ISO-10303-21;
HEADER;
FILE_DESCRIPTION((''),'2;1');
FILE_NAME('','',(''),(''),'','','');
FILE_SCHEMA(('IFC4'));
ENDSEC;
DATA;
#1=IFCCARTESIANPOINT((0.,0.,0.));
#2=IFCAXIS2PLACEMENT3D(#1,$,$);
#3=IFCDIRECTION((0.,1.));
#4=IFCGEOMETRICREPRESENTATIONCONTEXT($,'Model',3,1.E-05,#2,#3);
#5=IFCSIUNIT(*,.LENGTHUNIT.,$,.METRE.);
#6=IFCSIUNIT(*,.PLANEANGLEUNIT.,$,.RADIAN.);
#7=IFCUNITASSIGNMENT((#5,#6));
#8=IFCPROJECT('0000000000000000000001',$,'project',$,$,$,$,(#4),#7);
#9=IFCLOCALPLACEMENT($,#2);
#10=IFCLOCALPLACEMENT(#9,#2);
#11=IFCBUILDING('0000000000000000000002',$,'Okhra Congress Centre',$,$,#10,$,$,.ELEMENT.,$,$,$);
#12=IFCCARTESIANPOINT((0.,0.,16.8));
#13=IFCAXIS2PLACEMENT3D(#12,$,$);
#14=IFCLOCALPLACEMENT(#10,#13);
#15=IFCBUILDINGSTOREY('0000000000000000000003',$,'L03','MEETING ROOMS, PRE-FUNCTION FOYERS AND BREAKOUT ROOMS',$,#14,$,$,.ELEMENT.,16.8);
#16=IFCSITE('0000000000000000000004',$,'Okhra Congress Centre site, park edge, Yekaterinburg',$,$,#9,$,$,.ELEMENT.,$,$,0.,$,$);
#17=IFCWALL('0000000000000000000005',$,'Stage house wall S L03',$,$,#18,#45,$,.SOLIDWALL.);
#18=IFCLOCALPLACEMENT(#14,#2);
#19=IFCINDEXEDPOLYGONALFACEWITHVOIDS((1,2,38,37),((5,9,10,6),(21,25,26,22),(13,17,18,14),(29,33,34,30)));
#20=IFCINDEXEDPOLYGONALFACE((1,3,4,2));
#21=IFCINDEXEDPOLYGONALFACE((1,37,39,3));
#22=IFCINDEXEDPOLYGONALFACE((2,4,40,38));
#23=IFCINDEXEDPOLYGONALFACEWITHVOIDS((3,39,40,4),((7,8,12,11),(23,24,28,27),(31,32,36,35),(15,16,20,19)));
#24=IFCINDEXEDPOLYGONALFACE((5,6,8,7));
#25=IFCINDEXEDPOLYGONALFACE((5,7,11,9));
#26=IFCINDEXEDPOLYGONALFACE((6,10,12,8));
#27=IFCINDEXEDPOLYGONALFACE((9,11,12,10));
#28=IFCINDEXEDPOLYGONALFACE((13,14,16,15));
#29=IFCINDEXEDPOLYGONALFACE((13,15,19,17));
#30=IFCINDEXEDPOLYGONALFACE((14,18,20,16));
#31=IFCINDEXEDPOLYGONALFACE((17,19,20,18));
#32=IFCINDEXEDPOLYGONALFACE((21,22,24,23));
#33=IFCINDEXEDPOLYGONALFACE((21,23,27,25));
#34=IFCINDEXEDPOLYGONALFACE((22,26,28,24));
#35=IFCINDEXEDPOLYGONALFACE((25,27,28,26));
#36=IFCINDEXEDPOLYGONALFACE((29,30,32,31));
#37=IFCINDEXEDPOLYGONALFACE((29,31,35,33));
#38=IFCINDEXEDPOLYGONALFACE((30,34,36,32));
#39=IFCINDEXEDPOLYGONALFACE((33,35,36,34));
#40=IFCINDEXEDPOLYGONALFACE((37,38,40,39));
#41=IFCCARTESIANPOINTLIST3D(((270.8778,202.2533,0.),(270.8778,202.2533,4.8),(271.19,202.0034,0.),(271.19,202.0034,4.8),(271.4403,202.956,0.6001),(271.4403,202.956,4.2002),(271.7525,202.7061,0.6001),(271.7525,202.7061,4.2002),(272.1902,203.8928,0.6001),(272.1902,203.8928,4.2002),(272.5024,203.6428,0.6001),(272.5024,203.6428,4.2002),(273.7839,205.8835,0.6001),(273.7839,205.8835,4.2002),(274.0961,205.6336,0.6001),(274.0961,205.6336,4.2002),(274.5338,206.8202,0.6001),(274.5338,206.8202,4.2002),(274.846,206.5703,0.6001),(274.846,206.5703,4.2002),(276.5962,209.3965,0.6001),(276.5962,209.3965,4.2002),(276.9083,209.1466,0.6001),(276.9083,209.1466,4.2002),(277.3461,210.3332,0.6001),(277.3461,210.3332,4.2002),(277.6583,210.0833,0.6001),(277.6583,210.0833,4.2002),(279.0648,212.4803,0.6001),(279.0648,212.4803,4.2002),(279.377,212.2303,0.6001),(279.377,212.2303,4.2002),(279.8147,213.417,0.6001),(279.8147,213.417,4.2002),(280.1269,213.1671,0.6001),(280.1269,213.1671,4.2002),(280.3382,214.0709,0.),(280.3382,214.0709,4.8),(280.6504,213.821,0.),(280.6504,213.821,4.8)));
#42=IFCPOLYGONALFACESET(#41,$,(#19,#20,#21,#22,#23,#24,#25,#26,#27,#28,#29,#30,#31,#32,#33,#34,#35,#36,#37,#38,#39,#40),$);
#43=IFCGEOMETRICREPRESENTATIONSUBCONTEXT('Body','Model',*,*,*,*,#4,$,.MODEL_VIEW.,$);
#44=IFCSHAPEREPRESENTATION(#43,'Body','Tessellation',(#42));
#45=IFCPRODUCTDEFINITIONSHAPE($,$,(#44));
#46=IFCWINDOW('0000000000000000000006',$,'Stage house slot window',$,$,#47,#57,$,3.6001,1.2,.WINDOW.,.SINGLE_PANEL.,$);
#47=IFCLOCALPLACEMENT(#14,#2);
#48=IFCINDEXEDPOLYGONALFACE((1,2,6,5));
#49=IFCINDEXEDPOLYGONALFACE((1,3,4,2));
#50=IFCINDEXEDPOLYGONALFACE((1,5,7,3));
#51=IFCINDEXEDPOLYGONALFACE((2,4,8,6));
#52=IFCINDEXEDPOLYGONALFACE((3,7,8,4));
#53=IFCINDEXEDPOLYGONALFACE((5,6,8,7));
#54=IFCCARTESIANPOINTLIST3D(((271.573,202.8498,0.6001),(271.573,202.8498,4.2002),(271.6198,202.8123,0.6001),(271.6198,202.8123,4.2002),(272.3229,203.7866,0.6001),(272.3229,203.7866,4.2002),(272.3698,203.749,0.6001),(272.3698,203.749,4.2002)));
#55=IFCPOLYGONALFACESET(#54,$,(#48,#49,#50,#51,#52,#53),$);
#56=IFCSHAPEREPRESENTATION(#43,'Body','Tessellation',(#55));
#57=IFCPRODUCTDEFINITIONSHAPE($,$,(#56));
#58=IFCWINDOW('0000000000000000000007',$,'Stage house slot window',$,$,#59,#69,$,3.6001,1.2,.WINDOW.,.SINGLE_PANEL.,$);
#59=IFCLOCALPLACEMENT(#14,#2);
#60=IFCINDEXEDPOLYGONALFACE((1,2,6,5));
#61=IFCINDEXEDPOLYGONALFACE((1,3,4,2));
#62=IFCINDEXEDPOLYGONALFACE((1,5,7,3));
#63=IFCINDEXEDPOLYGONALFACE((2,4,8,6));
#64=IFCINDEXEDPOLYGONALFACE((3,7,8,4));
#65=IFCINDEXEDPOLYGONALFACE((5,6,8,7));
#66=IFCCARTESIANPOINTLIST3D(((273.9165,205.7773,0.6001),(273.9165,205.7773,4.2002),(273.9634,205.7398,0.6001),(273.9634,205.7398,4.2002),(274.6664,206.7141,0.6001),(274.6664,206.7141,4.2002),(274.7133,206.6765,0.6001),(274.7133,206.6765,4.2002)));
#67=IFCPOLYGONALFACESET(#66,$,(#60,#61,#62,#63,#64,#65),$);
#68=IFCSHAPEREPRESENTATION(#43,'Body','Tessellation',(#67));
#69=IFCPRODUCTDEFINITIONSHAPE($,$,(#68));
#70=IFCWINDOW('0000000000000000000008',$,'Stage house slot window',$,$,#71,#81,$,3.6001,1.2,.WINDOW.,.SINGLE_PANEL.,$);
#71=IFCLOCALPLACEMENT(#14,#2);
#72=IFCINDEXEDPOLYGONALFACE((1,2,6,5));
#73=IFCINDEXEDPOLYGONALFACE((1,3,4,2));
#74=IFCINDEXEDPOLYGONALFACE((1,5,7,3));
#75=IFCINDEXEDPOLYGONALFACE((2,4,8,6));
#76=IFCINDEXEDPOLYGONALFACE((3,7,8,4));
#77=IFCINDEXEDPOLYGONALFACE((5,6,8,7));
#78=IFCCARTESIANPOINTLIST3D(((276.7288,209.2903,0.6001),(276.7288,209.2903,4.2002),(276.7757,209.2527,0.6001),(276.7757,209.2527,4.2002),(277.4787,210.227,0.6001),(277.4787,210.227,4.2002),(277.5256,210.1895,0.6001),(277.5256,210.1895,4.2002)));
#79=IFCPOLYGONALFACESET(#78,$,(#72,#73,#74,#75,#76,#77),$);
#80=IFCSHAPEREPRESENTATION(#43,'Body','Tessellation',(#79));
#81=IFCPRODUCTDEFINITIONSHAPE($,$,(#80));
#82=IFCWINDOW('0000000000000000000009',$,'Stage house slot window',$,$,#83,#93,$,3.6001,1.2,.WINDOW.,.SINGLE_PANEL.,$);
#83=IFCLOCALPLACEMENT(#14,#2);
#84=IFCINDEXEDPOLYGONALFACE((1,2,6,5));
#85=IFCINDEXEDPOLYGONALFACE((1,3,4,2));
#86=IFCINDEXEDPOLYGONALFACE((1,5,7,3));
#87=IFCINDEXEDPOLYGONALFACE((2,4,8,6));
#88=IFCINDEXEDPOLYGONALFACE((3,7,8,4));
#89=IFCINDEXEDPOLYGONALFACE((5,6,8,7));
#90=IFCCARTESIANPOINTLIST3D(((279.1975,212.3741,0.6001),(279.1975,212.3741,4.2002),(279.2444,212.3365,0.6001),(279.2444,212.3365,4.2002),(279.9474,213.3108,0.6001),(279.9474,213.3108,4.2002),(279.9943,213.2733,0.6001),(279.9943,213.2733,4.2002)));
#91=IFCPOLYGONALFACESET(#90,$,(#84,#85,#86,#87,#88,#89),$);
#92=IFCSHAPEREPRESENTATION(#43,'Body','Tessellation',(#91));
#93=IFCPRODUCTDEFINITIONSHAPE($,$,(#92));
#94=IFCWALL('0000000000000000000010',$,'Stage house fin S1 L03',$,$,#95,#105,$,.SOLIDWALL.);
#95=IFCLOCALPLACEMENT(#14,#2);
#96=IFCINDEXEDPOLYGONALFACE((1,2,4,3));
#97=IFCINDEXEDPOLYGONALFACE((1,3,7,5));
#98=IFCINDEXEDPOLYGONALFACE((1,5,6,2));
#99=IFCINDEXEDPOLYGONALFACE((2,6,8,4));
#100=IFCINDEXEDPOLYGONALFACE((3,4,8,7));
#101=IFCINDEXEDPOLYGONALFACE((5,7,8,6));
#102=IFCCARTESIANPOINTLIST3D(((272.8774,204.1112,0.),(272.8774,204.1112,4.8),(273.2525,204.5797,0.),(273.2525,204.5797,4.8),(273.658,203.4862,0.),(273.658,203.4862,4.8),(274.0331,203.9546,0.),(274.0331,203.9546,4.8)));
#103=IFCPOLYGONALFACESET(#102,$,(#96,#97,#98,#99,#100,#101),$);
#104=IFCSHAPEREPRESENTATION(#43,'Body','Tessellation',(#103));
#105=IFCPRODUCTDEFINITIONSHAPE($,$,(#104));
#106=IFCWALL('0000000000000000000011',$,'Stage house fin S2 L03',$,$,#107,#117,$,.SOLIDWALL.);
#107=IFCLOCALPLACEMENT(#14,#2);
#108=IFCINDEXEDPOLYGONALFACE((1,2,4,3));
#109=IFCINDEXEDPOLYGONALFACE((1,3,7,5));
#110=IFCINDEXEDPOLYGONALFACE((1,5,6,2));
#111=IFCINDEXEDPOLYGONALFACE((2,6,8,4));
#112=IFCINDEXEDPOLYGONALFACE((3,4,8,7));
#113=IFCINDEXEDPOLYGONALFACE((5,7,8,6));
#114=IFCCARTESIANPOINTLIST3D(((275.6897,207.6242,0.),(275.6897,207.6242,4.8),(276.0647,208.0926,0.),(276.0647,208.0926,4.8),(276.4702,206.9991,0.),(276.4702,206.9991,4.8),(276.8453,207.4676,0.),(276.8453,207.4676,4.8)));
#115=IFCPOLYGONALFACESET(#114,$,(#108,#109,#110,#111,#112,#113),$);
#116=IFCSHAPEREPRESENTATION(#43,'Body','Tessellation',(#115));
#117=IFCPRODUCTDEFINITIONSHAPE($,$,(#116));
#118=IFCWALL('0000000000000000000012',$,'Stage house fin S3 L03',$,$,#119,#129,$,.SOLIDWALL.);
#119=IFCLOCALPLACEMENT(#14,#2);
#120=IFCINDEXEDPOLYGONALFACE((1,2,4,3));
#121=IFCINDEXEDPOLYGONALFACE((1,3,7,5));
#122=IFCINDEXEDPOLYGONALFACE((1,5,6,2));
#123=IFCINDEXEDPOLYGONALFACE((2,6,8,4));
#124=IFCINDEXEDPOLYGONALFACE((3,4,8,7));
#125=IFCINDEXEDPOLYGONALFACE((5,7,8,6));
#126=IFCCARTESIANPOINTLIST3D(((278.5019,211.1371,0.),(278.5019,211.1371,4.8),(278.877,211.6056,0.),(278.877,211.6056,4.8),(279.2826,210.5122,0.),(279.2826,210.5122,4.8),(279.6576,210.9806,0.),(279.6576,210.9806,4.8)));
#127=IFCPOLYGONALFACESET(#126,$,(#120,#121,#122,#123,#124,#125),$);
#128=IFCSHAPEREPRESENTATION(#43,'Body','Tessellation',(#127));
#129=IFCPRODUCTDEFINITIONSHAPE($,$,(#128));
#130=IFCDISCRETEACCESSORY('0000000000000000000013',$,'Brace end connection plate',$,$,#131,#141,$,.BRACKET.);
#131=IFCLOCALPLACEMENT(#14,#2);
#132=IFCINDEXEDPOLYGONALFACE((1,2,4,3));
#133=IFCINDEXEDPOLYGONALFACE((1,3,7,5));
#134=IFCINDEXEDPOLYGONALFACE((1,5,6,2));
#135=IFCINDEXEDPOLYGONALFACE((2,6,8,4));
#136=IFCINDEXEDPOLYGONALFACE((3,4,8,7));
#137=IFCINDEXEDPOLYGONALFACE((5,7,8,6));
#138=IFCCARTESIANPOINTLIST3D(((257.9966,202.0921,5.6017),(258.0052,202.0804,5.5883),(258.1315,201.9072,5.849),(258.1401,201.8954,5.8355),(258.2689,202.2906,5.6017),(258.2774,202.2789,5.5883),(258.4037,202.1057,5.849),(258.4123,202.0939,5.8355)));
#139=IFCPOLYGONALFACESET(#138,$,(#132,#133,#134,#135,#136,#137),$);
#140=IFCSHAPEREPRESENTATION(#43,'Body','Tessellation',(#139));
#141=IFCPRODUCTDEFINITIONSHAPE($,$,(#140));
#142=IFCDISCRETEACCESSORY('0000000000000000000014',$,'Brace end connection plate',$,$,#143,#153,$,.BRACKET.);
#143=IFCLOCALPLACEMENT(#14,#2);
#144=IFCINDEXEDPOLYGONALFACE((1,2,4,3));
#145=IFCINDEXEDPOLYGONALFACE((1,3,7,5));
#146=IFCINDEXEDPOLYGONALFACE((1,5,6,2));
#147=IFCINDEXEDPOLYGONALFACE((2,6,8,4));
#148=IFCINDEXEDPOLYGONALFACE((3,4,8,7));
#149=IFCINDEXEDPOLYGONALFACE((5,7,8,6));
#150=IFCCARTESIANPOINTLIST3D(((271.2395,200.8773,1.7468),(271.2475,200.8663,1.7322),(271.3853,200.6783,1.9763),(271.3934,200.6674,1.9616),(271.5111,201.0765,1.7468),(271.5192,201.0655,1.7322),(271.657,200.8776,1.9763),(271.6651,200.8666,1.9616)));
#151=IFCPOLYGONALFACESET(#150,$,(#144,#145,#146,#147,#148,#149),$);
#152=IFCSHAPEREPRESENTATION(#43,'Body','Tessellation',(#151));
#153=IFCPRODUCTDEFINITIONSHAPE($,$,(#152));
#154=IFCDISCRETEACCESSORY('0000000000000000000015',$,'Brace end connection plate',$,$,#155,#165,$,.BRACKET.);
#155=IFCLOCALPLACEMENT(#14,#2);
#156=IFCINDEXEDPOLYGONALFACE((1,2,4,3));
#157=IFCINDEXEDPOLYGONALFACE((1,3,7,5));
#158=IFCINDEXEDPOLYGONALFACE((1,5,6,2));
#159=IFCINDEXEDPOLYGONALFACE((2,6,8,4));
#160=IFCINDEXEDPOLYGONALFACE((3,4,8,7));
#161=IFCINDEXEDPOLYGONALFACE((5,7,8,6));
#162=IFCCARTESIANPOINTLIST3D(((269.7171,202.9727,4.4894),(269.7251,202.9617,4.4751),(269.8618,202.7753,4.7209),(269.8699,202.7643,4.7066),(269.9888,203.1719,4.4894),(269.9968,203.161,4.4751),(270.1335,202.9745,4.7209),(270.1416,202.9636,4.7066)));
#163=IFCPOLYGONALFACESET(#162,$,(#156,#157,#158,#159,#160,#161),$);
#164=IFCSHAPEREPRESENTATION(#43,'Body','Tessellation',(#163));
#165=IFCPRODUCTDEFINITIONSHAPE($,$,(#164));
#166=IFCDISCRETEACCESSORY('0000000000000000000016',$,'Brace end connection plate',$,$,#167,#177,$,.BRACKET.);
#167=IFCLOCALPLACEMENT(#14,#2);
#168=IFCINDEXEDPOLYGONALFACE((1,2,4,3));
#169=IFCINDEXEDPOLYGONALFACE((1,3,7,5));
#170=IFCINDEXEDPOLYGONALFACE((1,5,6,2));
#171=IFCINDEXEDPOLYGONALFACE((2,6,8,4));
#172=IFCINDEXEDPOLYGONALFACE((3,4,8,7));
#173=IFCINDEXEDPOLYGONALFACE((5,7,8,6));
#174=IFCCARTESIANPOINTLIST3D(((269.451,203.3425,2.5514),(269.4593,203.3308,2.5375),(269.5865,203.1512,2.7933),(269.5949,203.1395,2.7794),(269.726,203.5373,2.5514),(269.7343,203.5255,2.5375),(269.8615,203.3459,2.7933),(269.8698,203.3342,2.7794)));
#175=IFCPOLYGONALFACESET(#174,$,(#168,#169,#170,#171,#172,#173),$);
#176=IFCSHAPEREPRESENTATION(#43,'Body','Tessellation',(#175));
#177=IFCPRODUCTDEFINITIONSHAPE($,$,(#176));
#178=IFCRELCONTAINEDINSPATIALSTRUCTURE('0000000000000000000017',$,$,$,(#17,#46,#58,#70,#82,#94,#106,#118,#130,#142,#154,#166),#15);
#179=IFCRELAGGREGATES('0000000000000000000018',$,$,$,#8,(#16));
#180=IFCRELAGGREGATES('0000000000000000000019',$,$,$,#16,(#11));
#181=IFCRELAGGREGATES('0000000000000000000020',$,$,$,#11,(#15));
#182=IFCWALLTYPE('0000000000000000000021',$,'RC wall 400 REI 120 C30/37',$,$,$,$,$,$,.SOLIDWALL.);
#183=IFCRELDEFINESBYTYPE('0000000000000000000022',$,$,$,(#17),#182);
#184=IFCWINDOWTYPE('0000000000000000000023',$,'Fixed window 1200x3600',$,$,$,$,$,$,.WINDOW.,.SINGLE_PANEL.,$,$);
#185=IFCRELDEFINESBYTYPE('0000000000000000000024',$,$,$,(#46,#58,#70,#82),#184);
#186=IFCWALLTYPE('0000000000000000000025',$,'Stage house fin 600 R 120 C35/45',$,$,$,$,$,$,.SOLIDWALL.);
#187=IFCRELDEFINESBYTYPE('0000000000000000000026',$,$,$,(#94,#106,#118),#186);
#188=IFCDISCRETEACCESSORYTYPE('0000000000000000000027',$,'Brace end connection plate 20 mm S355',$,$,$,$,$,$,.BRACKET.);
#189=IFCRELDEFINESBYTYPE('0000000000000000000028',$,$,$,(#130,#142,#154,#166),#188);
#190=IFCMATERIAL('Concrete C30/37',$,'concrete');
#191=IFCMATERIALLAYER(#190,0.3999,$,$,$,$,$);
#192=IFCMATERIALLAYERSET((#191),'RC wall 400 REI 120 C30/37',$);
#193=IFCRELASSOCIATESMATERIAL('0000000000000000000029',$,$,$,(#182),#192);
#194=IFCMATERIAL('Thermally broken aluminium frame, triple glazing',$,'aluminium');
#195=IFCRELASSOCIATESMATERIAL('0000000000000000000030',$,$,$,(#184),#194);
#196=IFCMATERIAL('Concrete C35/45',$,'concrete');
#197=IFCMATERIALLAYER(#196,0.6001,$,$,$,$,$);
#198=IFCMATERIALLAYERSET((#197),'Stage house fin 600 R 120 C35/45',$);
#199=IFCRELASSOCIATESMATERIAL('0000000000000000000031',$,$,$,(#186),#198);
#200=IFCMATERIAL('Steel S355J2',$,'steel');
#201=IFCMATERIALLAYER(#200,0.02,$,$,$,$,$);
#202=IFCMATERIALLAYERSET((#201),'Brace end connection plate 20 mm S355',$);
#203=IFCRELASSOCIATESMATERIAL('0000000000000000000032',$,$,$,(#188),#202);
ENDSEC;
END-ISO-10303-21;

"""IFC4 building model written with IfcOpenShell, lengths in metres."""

from ifc_helpers import new_model, si_unit, direction, frame, frame_2d, origin, origin_2d, place, context, subcontext, project, spatial, rectangle, extrude, material, layer, layer_set, type_object, element, fill, save


model = new_model("IFC4")

# Units and contexts
model_context = context("Model", 3, precision=1e-05, world=origin(), true_north=direction((0.0, 1.0)))
body_context = subcontext(model_context, "Body", "Model", "MODEL_VIEW")
ifc_project = project(units=[si_unit("LENGTHUNIT", "METRE"), si_unit("PLANEANGLEUNIT", "RADIAN")], contexts=[model_context])

# Site, building, storey
site_placement = place(None, origin())
site = spatial("IfcSite", under=ifc_project, at=site_placement, Name="Okhra Congress Centre site, park edge, Yekaterinburg", CompositionType="ELEMENT", RefElevation=0.0)
building_placement = place(site_placement, origin())
building = spatial("IfcBuilding", under=site, at=building_placement, Name="Okhra Congress Centre", CompositionType="ELEMENT")
storey_placement = place(building_placement, frame((0.0, 0.0, 16.8)))
storey = spatial("IfcBuildingStorey", under=building, at=storey_placement, Name="L03", Description="MEETING ROOMS, PRE-FUNCTION FOYERS AND BREAKOUT ROOMS", CompositionType="ELEMENT", Elevation=16.8)

# Shared definitions
ifc_material_1 = material(Name="Steel S355J2", Category="steel")

# Shared definitions
ifc_material_2 = material(Name="Concrete C30/37", Category="concrete")
ifc_layer_1 = layer(ifc_material_2, 0.3999)
ifc_layer_set_1 = layer_set([ifc_layer_1], Name="RC wall 400 REI 120 C30/37")
wall_type_1 = type_object("IfcWallType", Name="RC wall 400 REI 120 C30/37", PredefinedType="SOLIDWALL", material=ifc_layer_set_1)

# Wall, openings, windows
wall_1_placement = place(storey_placement, frame((271.0339, 202.1284, 0.0), z_axis=(0.0, 0.0, 1.0), x_axis=(0.624951, 0.780664, 0.0)))
wall_1 = element("IfcWall", 1, at=wall_1_placement, inside=storey, type_object=wall_type_1, Name="Stage house wall S L03", PredefinedType="SOLIDWALL", context=body_context, shape_type="SweptSolid", body=[
    extrude(rectangle(XDim=15.1379, YDim=0.3999, at=frame_2d((7.5688, 0.0))), origin(), (0.0, 0.0, 1.0), 4.8),
])
opening_1_placement = place(wall_1_placement, frame((0.8999, 0.0, 0.6001)))
opening_1 = element("IfcOpeningElement", 2, at=opening_1_placement, cuts=wall_1, PredefinedType="OPENING", context=body_context, shape_type="SweptSolid", body=[
    extrude(rectangle(XDim=1.2, YDim=3.6001, at=frame_2d((0.6001, 1.8))), frame((0.0, 0.21, 0.0), z_axis=(0.0, -1.0, 0.0), x_axis=(1.0, 0.0, 0.0)), (0.0, 0.0, 1.0), 0.4199),
])
opening_2_placement = place(wall_1_placement, frame((4.6499, 0.0, 0.6001)))
opening_2 = element("IfcOpeningElement", 3, at=opening_2_placement, cuts=wall_1, PredefinedType="OPENING", context=body_context, shape_type="SweptSolid", body=[
    extrude(rectangle(XDim=1.2, YDim=3.6001, at=frame_2d((0.6001, 1.8))), frame((0.0, 0.21, 0.0), z_axis=(0.0, -1.0, 0.0), x_axis=(1.0, 0.0, 0.0)), (0.0, 0.0, 1.0), 0.4199),
])
opening_3_placement = place(wall_1_placement, frame((9.1499, 0.0, 0.6001)))
opening_3 = element("IfcOpeningElement", 4, at=opening_3_placement, cuts=wall_1, PredefinedType="OPENING", context=body_context, shape_type="SweptSolid", body=[
    extrude(rectangle(XDim=1.2, YDim=3.6001, at=frame_2d((0.6001, 1.8))), frame((0.0, 0.21, 0.0), z_axis=(0.0, -1.0, 0.0), x_axis=(1.0, 0.0, 0.0)), (0.0, 0.0, 1.0), 0.4199),
])
opening_4_placement = place(wall_1_placement, frame((13.1001, 0.0, 0.6001)))
opening_4 = element("IfcOpeningElement", 5, at=opening_4_placement, cuts=wall_1, PredefinedType="OPENING", context=body_context, shape_type="SweptSolid", body=[
    extrude(rectangle(XDim=1.2, YDim=3.6001, at=frame_2d((0.6001, 1.8))), frame((0.0, 0.21, 0.0), z_axis=(0.0, -1.0, 0.0), x_axis=(1.0, 0.0, 0.0)), (0.0, 0.0, 1.0), 0.4199),
])
ifc_material_3 = material(Name="Thermally broken aluminium frame, triple glazing", Category="aluminium")
window_type = type_object("IfcWindowType", Name="Fixed window 1200x3600", PartitioningType="SINGLE_PANEL", PredefinedType="WINDOW", material=ifc_material_3)
window_1_placement = place(opening_1_placement, origin())
window_1 = element("IfcWindow", 6, at=window_1_placement, inside=storey, type_object=window_type, Name="Stage house slot window", OverallHeight=3.6001, OverallWidth=1.2, PartitioningType="SINGLE_PANEL", PredefinedType="WINDOW", context=body_context, shape_type="SweptSolid", body=[
    extrude(rectangle(XDim=1.2, YDim=3.6001, at=frame_2d((0.6001, 1.8))), frame((0.0, 0.03, 0.0), z_axis=(0.0, -1.0, 0.0), x_axis=(1.0, 0.0, 0.0)), (0.0, 0.0, 1.0), 0.0601),
])
fill(opening_1, window_1)
window_2_placement = place(opening_2_placement, origin())
window_2 = element("IfcWindow", 7, at=window_2_placement, inside=storey, type_object=window_type, Name="Stage house slot window", OverallHeight=3.6001, OverallWidth=1.2, PartitioningType="SINGLE_PANEL", PredefinedType="WINDOW", context=body_context, shape_type="SweptSolid", body=[
    extrude(rectangle(XDim=1.2, YDim=3.6001, at=frame_2d((0.6001, 1.8))), frame((0.0, 0.03, 0.0), z_axis=(0.0, -1.0, 0.0), x_axis=(1.0, 0.0, 0.0)), (0.0, 0.0, 1.0), 0.0601),
])
fill(opening_2, window_2)
window_3_placement = place(opening_3_placement, origin())
window_3 = element("IfcWindow", 8, at=window_3_placement, inside=storey, type_object=window_type, Name="Stage house slot window", OverallHeight=3.6001, OverallWidth=1.2, PartitioningType="SINGLE_PANEL", PredefinedType="WINDOW", context=body_context, shape_type="SweptSolid", body=[
    extrude(rectangle(XDim=1.2, YDim=3.6001, at=frame_2d((0.6001, 1.8))), frame((0.0, 0.03, 0.0), z_axis=(0.0, -1.0, 0.0), x_axis=(1.0, 0.0, 0.0)), (0.0, 0.0, 1.0), 0.0601),
])
fill(opening_3, window_3)
window_4_placement = place(opening_4_placement, origin())
window_4 = element("IfcWindow", 9, at=window_4_placement, inside=storey, type_object=window_type, Name="Stage house slot window", OverallHeight=3.6001, OverallWidth=1.2, PartitioningType="SINGLE_PANEL", PredefinedType="WINDOW", context=body_context, shape_type="SweptSolid", body=[
    extrude(rectangle(XDim=1.2, YDim=3.6001, at=frame_2d((0.6001, 1.8))), frame((0.0, 0.03, 0.0), z_axis=(0.0, -1.0, 0.0), x_axis=(1.0, 0.0, 0.0)), (0.0, 0.0, 1.0), 0.0601),
])
fill(opening_4, window_4)

# Walls
ifc_material_4 = material(Name="Concrete C35/45", Category="concrete")
ifc_layer_2 = layer(ifc_material_4, 0.6001)
ifc_layer_set_2 = layer_set([ifc_layer_2], Name="Stage house fin 600 R 120 C35/45")
wall_type_2 = type_object("IfcWallType", Name="Stage house fin 600 R 120 C35/45", PredefinedType="SOLIDWALL", material=ifc_layer_set_2)
for number, where, z_axis, x_axis, name in (
    (10, (273.0649, 204.3455, 0.0), (0.0, 0.0, 1.0), (0.780583, -0.625052, 0.0), "Stage house fin S1 L03"),
    (11, (275.8772, 207.8584, 0.0), (0.0, 0.0, 1.0), (0.780583, -0.625052, 0.0), "Stage house fin S2 L03"),
    (12, (278.6895, 211.3713, 0.0), (0.0, 0.0, 1.0), (0.780678, -0.624933, 0.0), "Stage house fin S3 L03"),
):
    element("IfcWall", number, at=place(storey_placement, frame(where, z_axis=z_axis, x_axis=x_axis)), inside=storey, type_object=wall_type_2, Name=name, PredefinedType="SOLIDWALL", context=body_context, shape_type="SweptSolid", body=[
        extrude(rectangle(XDim=1.0, YDim=0.6001, at=frame_2d((0.5, 0.0))), origin(), (0.0, 0.0, 1.0), 4.8),
    ])

# Discrete accessories
ifc_layer_3 = layer(ifc_material_1, 0.02)
ifc_layer_set_3 = layer_set([ifc_layer_3], Name="Brace end connection plate 20 mm S355")
discrete_accessory_type = type_object("IfcDiscreteAccessoryType", Name="Brace end connection plate 20 mm S355", PredefinedType="BRACKET", material=ifc_layer_set_3)
discrete_accessory_1_placement = place(storey_placement, frame((258.2087, 202.0872, 5.7119), z_axis=(-0.432329, 0.592909, 0.679375), x_axis=(-0.808008, -0.589172, 0.0)))
element("IfcDiscreteAccessory", 13, at=discrete_accessory_1_placement, inside=storey, type_object=discrete_accessory_type, Name="Brace end connection plate", PredefinedType="BRACKET", context=body_context, shape_type="SweptSolid", body=[
    extrude(rectangle(XDim=0.3369, YDim=0.3369, at=origin_2d()), origin(), (0.0, 0.0, 1.0), 0.0198),
])
discrete_accessory_2_placement = place(storey_placement, frame((271.4482, 200.8774, 1.8616), z_axis=(0.402739, -0.549189, -0.732252), x_axis=(0.806405, 0.591364, 0.0)))
element("IfcDiscreteAccessory", 14, at=discrete_accessory_2_placement, inside=storey, type_object=discrete_accessory_type, Name="Brace end connection plate", PredefinedType="BRACKET", context=body_context, shape_type="SweptSolid", body=[
    extrude(rectangle(XDim=0.3369, YDim=0.3369, at=origin_2d()), origin(), (0.0, 0.0, 1.0), 0.02),
])
discrete_accessory_3_placement = place(storey_placement, frame((269.9333, 202.9626, 4.5908), z_axis=(-0.406356, 0.554122, 0.726515), x_axis=(-0.806405, -0.591364, 0.0)))
element("IfcDiscreteAccessory", 15, at=discrete_accessory_3_placement, inside=storey, type_object=discrete_accessory_type, Name="Brace end connection plate", PredefinedType="BRACKET", context=body_context, shape_type="SweptSolid", body=[
    extrude(rectangle(XDim=0.3369, YDim=0.3369, at=origin_2d()), origin(), (0.0, 0.0, 1.0), 0.0198),
])
for number, where, z_axis, x_axis, name in (
    (16, (269.6562, 203.3442, 2.6724), (0.415097, -0.58602, -0.695899), (0.816024, 0.578017, 0.0), "Brace end connection plate"),
):
    element("IfcDiscreteAccessory", number, at=place(storey_placement, frame(where, z_axis=z_axis, x_axis=x_axis)), inside=storey, type_object=discrete_accessory_type, Name=name, PredefinedType="BRACKET", context=body_context, shape_type="SweptSolid", body=[
        extrude(rectangle(XDim=0.3369, YDim=0.3369, at=origin_2d()), origin(), (0.0, 0.0, 1.0), 0.02),
    ])

save(model, "model.ifc")
